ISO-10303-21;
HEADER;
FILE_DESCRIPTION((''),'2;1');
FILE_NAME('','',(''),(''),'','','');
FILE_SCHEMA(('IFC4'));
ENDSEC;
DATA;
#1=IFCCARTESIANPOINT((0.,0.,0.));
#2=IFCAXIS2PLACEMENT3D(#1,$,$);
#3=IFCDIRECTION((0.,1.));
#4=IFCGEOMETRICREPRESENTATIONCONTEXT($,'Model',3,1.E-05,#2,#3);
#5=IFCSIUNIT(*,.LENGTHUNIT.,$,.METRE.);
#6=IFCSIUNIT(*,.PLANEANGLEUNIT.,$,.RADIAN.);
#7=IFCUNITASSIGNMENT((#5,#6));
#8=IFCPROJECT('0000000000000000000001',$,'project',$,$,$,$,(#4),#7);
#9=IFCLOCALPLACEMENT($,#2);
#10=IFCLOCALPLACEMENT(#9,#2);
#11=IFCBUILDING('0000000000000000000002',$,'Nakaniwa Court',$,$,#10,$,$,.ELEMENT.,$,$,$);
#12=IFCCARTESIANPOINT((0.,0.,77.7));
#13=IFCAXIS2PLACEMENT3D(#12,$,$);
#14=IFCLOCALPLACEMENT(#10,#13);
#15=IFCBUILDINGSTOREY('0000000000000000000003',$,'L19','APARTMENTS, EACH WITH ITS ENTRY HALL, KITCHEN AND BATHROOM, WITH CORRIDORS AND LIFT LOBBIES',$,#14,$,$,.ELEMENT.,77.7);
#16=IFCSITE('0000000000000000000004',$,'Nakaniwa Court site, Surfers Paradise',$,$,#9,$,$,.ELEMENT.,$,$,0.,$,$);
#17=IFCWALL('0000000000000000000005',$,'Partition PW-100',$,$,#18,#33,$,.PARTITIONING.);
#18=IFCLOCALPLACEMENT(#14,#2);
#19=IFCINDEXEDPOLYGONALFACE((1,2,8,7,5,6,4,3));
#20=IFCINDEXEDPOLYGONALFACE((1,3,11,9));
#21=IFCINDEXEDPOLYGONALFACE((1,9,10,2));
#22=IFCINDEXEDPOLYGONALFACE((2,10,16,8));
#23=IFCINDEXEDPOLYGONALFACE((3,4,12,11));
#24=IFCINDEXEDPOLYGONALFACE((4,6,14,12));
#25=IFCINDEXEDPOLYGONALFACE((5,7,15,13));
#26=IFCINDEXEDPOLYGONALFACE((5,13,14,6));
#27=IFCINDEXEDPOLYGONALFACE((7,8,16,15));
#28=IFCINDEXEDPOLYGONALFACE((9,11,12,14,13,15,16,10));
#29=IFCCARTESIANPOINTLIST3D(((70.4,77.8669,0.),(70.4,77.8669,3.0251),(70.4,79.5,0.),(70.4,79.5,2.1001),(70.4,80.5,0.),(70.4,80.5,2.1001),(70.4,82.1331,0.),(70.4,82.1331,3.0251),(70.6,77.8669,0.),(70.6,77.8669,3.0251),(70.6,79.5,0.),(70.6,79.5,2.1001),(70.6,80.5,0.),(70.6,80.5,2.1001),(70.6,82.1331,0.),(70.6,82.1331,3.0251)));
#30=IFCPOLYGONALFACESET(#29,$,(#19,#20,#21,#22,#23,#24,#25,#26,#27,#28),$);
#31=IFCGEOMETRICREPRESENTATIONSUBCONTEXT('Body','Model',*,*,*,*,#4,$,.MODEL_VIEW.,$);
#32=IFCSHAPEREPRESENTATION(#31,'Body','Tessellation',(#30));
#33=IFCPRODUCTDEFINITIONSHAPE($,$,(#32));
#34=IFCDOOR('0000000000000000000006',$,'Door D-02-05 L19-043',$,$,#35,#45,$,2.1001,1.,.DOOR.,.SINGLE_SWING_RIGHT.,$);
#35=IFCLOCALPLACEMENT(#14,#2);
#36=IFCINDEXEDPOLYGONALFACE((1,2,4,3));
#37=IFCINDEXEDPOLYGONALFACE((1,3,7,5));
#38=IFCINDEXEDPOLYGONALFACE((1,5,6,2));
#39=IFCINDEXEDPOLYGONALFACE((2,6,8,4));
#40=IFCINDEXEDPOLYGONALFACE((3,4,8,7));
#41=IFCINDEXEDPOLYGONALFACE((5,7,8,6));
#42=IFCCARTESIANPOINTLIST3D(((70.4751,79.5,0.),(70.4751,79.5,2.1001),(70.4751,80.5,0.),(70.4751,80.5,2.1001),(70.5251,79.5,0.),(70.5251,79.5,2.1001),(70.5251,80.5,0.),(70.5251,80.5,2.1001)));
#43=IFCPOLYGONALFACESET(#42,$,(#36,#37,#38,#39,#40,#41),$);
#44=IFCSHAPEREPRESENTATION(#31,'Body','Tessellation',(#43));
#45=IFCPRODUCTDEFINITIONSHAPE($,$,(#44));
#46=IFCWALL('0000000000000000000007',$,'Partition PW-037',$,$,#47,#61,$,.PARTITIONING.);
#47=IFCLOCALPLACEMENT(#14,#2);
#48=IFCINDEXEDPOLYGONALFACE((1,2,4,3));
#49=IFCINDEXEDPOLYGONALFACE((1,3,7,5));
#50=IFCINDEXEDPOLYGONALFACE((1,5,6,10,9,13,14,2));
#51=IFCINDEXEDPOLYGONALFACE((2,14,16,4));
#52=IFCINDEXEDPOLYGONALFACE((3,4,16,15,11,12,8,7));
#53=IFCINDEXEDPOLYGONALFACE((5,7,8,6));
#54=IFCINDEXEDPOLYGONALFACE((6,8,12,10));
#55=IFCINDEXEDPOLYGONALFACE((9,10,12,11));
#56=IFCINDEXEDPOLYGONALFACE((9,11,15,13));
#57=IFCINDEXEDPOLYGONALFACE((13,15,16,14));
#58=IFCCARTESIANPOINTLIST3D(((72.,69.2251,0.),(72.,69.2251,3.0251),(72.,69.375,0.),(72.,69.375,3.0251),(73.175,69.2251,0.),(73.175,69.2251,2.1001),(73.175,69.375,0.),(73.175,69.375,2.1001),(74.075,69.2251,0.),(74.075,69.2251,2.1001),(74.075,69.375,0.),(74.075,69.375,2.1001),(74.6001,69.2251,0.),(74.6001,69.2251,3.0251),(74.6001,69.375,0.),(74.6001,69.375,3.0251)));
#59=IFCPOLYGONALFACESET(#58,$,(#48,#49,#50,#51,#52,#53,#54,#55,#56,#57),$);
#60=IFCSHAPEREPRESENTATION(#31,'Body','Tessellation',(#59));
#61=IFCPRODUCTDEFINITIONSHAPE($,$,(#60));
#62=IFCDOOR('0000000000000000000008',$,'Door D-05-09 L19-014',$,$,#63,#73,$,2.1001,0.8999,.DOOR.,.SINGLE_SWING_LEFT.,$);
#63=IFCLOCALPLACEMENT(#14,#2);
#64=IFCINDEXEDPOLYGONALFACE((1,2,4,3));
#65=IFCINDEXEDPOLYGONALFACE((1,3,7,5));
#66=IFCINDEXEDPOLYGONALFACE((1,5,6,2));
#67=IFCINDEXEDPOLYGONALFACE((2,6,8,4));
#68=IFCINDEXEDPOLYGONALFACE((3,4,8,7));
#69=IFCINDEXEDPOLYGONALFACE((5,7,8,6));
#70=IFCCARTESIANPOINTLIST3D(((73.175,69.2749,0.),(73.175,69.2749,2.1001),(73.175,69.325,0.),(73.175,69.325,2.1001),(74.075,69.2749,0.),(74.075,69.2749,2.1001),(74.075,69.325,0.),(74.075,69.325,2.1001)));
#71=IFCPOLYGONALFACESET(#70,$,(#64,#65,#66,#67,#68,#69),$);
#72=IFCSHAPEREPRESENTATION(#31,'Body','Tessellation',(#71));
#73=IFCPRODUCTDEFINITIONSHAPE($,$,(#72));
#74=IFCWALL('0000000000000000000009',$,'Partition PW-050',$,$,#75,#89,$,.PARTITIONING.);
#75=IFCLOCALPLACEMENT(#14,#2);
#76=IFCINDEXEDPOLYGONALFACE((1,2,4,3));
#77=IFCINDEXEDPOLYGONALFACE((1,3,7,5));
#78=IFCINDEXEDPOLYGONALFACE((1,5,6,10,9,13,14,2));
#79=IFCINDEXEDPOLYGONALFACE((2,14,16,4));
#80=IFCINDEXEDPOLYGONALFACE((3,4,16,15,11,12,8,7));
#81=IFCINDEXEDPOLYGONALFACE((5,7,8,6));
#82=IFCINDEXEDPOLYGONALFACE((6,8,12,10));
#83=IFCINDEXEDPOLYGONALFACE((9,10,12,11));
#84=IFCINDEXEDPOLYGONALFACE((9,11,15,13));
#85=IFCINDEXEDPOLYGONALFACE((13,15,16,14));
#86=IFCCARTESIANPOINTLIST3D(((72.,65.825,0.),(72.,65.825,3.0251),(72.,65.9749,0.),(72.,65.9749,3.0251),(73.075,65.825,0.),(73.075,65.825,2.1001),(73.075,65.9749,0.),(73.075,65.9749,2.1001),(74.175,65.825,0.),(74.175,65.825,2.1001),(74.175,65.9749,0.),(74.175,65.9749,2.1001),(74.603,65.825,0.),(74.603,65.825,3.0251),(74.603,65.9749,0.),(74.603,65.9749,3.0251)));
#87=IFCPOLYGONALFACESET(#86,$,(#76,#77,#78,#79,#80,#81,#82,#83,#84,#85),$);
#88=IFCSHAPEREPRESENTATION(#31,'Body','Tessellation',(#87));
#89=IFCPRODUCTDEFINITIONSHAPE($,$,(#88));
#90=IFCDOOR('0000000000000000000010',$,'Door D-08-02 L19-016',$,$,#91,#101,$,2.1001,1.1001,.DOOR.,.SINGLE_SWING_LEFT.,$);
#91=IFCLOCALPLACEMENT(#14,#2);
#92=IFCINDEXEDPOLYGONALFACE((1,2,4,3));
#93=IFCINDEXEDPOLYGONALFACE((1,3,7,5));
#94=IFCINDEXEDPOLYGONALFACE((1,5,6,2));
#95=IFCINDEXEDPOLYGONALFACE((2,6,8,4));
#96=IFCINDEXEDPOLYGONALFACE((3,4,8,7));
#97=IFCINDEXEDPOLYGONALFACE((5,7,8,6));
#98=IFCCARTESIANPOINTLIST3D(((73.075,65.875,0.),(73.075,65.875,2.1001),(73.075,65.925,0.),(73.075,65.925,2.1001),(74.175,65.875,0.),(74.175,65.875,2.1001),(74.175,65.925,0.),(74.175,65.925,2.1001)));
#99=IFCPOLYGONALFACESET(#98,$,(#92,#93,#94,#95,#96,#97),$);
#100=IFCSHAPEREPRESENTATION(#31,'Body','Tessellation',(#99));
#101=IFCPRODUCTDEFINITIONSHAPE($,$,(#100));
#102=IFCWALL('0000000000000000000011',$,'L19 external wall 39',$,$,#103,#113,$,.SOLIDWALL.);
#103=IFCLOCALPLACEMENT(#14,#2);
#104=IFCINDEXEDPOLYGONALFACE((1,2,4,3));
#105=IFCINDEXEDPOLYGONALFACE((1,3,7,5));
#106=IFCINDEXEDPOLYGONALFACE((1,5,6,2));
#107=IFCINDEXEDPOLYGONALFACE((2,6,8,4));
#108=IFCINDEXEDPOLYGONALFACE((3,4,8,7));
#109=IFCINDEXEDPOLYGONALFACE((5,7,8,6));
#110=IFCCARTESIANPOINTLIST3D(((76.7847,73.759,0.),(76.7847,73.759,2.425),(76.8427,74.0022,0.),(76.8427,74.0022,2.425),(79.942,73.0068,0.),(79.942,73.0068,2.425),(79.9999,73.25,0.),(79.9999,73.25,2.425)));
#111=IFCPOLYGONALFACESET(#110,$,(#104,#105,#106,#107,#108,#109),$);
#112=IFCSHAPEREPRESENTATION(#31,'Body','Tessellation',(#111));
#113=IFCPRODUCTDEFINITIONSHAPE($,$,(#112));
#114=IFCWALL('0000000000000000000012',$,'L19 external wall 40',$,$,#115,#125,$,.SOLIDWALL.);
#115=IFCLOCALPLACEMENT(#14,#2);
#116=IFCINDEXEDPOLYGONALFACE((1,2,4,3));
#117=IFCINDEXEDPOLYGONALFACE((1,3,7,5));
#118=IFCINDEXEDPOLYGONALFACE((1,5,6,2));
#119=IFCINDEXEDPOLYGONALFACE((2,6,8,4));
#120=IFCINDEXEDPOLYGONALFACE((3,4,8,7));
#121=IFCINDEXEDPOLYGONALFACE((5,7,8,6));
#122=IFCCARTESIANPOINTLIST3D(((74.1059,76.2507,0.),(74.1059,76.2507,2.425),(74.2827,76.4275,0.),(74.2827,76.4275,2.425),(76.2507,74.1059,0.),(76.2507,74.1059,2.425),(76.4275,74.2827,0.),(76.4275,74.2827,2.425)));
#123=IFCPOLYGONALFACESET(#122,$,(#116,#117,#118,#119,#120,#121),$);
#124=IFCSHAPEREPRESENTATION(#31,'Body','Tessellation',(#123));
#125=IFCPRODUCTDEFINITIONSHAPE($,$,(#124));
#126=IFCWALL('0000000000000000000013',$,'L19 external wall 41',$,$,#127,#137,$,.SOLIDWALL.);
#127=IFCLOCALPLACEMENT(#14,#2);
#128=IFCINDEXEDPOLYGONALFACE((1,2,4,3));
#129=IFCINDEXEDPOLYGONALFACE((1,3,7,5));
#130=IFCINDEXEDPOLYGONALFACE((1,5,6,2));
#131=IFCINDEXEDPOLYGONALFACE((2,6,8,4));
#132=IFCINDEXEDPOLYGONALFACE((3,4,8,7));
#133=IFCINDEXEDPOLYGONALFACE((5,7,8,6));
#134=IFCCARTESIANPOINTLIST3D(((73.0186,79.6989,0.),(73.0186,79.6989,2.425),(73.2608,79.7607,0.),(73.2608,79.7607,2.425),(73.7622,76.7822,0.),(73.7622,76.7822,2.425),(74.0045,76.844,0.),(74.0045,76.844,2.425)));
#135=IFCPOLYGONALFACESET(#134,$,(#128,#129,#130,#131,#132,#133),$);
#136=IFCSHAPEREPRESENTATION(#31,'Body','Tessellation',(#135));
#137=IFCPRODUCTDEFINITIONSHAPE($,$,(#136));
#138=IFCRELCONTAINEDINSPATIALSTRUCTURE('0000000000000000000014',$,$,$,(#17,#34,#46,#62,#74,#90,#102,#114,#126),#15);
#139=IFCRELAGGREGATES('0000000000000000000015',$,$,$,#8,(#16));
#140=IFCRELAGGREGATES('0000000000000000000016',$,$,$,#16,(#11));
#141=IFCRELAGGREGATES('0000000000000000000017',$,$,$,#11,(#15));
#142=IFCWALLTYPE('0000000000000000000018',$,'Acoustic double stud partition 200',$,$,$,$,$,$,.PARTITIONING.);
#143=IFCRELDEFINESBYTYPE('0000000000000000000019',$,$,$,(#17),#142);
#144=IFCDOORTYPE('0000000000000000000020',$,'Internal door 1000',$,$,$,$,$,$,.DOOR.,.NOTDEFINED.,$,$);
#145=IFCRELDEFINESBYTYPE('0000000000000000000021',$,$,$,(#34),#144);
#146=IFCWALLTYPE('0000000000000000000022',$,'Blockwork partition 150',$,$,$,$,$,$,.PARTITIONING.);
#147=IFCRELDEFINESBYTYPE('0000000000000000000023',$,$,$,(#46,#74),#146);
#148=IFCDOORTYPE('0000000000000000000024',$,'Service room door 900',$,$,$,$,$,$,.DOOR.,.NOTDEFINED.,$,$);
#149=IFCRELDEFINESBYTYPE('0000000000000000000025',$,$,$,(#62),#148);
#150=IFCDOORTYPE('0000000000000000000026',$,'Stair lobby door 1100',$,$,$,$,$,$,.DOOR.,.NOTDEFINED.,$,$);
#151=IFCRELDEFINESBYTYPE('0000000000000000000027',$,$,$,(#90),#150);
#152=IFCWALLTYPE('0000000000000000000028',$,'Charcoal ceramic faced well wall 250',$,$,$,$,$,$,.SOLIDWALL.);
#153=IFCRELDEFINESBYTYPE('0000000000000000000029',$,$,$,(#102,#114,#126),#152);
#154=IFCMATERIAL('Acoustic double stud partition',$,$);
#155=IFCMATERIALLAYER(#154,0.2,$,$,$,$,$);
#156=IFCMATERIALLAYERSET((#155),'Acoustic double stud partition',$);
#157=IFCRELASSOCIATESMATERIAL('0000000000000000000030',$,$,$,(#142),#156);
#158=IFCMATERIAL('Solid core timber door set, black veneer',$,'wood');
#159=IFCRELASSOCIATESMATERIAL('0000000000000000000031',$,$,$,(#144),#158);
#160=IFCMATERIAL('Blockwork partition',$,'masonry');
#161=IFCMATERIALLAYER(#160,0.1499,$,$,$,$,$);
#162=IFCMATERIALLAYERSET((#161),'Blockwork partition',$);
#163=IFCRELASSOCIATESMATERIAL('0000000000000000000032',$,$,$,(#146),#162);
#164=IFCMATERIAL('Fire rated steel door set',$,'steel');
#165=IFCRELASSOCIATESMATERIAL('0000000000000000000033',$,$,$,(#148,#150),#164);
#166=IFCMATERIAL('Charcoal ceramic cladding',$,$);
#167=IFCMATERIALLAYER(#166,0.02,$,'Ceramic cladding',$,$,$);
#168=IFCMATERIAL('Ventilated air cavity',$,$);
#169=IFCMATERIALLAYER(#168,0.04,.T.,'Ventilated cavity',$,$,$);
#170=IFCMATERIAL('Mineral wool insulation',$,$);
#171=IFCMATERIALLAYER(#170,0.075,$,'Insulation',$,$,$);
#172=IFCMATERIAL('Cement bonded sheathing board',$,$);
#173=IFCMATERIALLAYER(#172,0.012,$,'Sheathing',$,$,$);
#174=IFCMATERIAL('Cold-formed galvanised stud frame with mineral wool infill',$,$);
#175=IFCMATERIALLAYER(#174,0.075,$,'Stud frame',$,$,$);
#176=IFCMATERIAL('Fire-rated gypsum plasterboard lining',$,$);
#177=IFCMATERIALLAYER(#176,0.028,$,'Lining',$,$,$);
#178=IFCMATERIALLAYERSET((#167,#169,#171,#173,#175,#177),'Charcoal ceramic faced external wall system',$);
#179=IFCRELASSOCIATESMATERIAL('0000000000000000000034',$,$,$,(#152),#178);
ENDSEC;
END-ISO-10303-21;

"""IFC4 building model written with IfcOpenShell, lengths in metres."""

from ifc_helpers import new_model, si_unit, direction, frame, frame_2d, origin, place, context, subcontext, project, spatial, rectangle, extrude, material, layer, layer_set, type_object, element, fill, save


model = new_model("IFC4")

# Units and contexts
model_context = context("Model", 3, precision=1e-05, world=origin(), true_north=direction((0.0, 1.0)))
body_context = subcontext(model_context, "Body", "Model", "MODEL_VIEW")
ifc_project = project(units=[si_unit("LENGTHUNIT", "METRE"), si_unit("PLANEANGLEUNIT", "RADIAN")], contexts=[model_context])

# Site, building, storey
site_placement = place(None, origin())
site = spatial("IfcSite", under=ifc_project, at=site_placement, Name="Nakaniwa Court site, Surfers Paradise", CompositionType="ELEMENT", RefElevation=0.0)
building_placement = place(site_placement, origin())
building = spatial("IfcBuilding", under=site, at=building_placement, Name="Nakaniwa Court", CompositionType="ELEMENT")
storey_placement = place(building_placement, frame((0.0, 0.0, 77.7)))
storey = spatial("IfcBuildingStorey", under=building, at=storey_placement, Name="L19", Description="APARTMENTS, EACH WITH ITS ENTRY HALL, KITCHEN AND BATHROOM, WITH CORRIDORS AND LIFT LOBBIES", CompositionType="ELEMENT", Elevation=77.7)

# Shared definitions
ifc_material_1 = material(Name="Acoustic double stud partition")
ifc_layer_1 = layer(ifc_material_1, 0.2)
ifc_layer_set_1 = layer_set([ifc_layer_1], Name="Acoustic double stud partition")
wall_type_1 = type_object("IfcWallType", Name="Acoustic double stud partition 200", PredefinedType="PARTITIONING", material=ifc_layer_set_1)

# Shared definitions
ifc_material_2 = material(Name="Solid core timber door set, black veneer", Category="wood")
door_type_1 = type_object("IfcDoorType", Name="Internal door 1000", OperationType="NOTDEFINED", PredefinedType="DOOR", material=ifc_material_2)

# Walls, openings, doors
wall_1_placement = place(storey_placement, frame((70.5, 77.8669, 0.0), z_axis=(0.0, 0.0, 1.0), x_axis=(0.0, 1.0, 0.0)))
wall_1 = element("IfcWall", 1, at=wall_1_placement, inside=storey, type_object=wall_type_1, Name="Partition PW-100", PredefinedType="PARTITIONING", context=body_context, shape_type="SweptSolid", body=[
    extrude(rectangle(XDim=4.2661, YDim=0.2, at=frame_2d((2.1331, 0.0))), origin(), (0.0, 0.0, 1.0), 3.0251),
])
opening_1_placement = place(wall_1_placement, frame((1.6331, 0.0, 0.0)))
opening_1 = element("IfcOpeningElement", 2, at=opening_1_placement, cuts=wall_1, PredefinedType="OPENING", context=body_context, shape_type="SweptSolid", body=[
    extrude(rectangle(XDim=1.0, YDim=2.1001, at=frame_2d((0.5, 1.05))), frame((0.0, 0.1099, 0.0), z_axis=(0.0, -1.0, 0.0), x_axis=(1.0, 0.0, 0.0)), (0.0, 0.0, 1.0), 0.22),
])
door_1_placement = place(opening_1_placement, origin())
door_1 = element("IfcDoor", 3, at=door_1_placement, inside=storey, type_object=door_type_1, Name="Door D-02-05 L19-043", OperationType="SINGLE_SWING_RIGHT", OverallHeight=2.1001, OverallWidth=1.0, PredefinedType="DOOR", context=body_context, shape_type="SweptSolid", body=[
    extrude(rectangle(XDim=1.0, YDim=2.1001, at=frame_2d((0.5, 1.05))), frame((0.0, 0.0249, 0.0), z_axis=(0.0, -1.0, 0.0), x_axis=(1.0, 0.0, 0.0)), (0.0, 0.0, 1.0), 0.05),
])
fill(opening_1, door_1)
ifc_material_3 = material(Name="Blockwork partition", Category="masonry")
ifc_layer_2 = layer(ifc_material_3, 0.1499)
ifc_layer_set_2 = layer_set([ifc_layer_2], Name="Blockwork partition")
wall_type_2 = type_object("IfcWallType", Name="Blockwork partition 150", PredefinedType="PARTITIONING", material=ifc_layer_set_2)
wall_2_placement = place(storey_placement, frame((72.0, 69.3, 0.0), z_axis=(0.0, 0.0, 1.0), x_axis=(1.0, 0.0, 0.0)))
wall_2 = element("IfcWall", 4, at=wall_2_placement, inside=storey, type_object=wall_type_2, Name="Partition PW-037", PredefinedType="PARTITIONING", context=body_context, shape_type="SweptSolid", body=[
    extrude(rectangle(XDim=2.6001, YDim=0.1499, at=frame_2d((1.3, 0.0))), origin(), (0.0, 0.0, 1.0), 3.0251),
])
opening_2_placement = place(wall_2_placement, frame((1.175, 0.0, 0.0)))
opening_2 = element("IfcOpeningElement", 5, at=opening_2_placement, cuts=wall_2, PredefinedType="OPENING", context=body_context, shape_type="SweptSolid", body=[
    extrude(rectangle(XDim=0.8999, YDim=2.1001, at=frame_2d((0.45, 1.05))), frame((0.0, 0.085, 0.0), z_axis=(0.0, -1.0, 0.0), x_axis=(1.0, 0.0, 0.0)), (0.0, 0.0, 1.0), 0.1699),
])
ifc_material_4 = material(Name="Fire rated steel door set", Category="steel")
door_type_2 = type_object("IfcDoorType", Name="Service room door 900", OperationType="NOTDEFINED", PredefinedType="DOOR", material=ifc_material_4)
door_2_placement = place(opening_2_placement, origin())
door_2 = element("IfcDoor", 6, at=door_2_placement, inside=storey, type_object=door_type_2, Name="Door D-05-09 L19-014", OperationType="SINGLE_SWING_LEFT", OverallHeight=2.1001, OverallWidth=0.8999, PredefinedType="DOOR", context=body_context, shape_type="SweptSolid", body=[
    extrude(rectangle(XDim=0.8999, YDim=2.1001, at=frame_2d((0.45, 1.05))), frame((0.0, 0.0249, 0.0), z_axis=(0.0, -1.0, 0.0), x_axis=(1.0, 0.0, 0.0)), (0.0, 0.0, 1.0), 0.05),
])
fill(opening_2, door_2)
wall_3_placement = place(storey_placement, frame((74.603, 65.8999, 0.0), z_axis=(0.0, 0.0, 1.0), x_axis=(-1.0, 0.0, 0.0)))
wall_3 = element("IfcWall", 7, at=wall_3_placement, inside=storey, type_object=wall_type_2, Name="Partition PW-050", PredefinedType="PARTITIONING", context=body_context, shape_type="SweptSolid", body=[
    extrude(rectangle(XDim=2.603, YDim=0.1499, at=frame_2d((1.3015, 0.0))), origin(), (0.0, 0.0, 1.0), 3.0251),
])
opening_3_placement = place(wall_3_placement, frame((0.428, 0.0, 0.0)))
opening_3 = element("IfcOpeningElement", 8, at=opening_3_placement, cuts=wall_3, PredefinedType="OPENING", context=body_context, shape_type="SweptSolid", body=[
    extrude(rectangle(XDim=1.1001, YDim=2.1001, at=frame_2d((0.55, 1.05))), frame((0.0, 0.085, 0.0), z_axis=(0.0, -1.0, 0.0), x_axis=(1.0, 0.0, 0.0)), (0.0, 0.0, 1.0), 0.1699),
])
door_type_3 = type_object("IfcDoorType", Name="Stair lobby door 1100", OperationType="NOTDEFINED", PredefinedType="DOOR", material=ifc_material_4)
door_3_placement = place(opening_3_placement, origin())
door_3 = element("IfcDoor", 9, at=door_3_placement, inside=storey, type_object=door_type_3, Name="Door D-08-02 L19-016", OperationType="SINGLE_SWING_LEFT", OverallHeight=2.1001, OverallWidth=1.1001, PredefinedType="DOOR", context=body_context, shape_type="SweptSolid", body=[
    extrude(rectangle(XDim=1.1001, YDim=2.1001, at=frame_2d((0.55, 1.05))), frame((0.0, 0.0249, 0.0), z_axis=(0.0, -1.0, 0.0), x_axis=(1.0, 0.0, 0.0)), (0.0, 0.0, 1.0), 0.05),
])
fill(opening_3, door_3)

# Walls
ifc_material_5 = material(Name="Charcoal ceramic cladding")
ifc_layer_3 = layer(ifc_material_5, 0.02, Name="Ceramic cladding")
ifc_material_6 = material(Name="Ventilated air cavity")
ifc_layer_4 = layer(ifc_material_6, 0.04, ventilated=True, Name="Ventilated cavity")
ifc_material_7 = material(Name="Mineral wool insulation")
ifc_layer_5 = layer(ifc_material_7, 0.075, Name="Insulation")
ifc_material_8 = material(Name="Cement bonded sheathing board")
ifc_layer_6 = layer(ifc_material_8, 0.012, Name="Sheathing")
ifc_material_9 = material(Name="Cold-formed galvanised stud frame with mineral wool infill")
ifc_layer_7 = layer(ifc_material_9, 0.075, Name="Stud frame")
ifc_material_10 = material(Name="Fire-rated gypsum plasterboard lining")
ifc_layer_8 = layer(ifc_material_10, 0.028, Name="Lining")
ifc_layer_set_3 = layer_set([ifc_layer_3, ifc_layer_4, ifc_layer_5, ifc_layer_6, ifc_layer_7, ifc_layer_8], Name="Charcoal ceramic faced external wall system")
wall_type_3 = type_object("IfcWallType", Name="Charcoal ceramic faced well wall 250", PredefinedType="SOLIDWALL", material=ifc_layer_set_3)
wall_4_placement = place(storey_placement, frame((79.9709, 73.1284, 0.0), z_axis=(0.0, 0.0, 1.0), x_axis=(-0.972773, 0.23176, 0.0)))
element("IfcWall", 10, at=wall_4_placement, inside=storey, type_object=wall_type_3, Name="L19 external wall 39", PredefinedType="SOLIDWALL", context=body_context, shape_type="SweptSolid", body=[
    extrude(rectangle(XDim=3.2456, YDim=0.25, at=frame_2d((1.6228, 0.0))), origin(), (0.0, 0.0, 1.0), 2.425),
])
wall_5_placement = place(storey_placement, frame((76.3391, 74.1943, 0.0), z_axis=(0.0, 0.0, 1.0), x_axis=(-0.707107, 0.707107, 0.0)))
element("IfcWall", 11, at=wall_5_placement, inside=storey, type_object=wall_type_3, Name="L19 external wall 40", PredefinedType="SOLIDWALL", context=body_context, shape_type="SweptSolid", body=[
    extrude(rectangle(XDim=3.0332, YDim=0.25, at=frame_2d((1.5166, 0.0))), origin(), (0.0, 0.0, 1.0), 2.425),
])
wall_6_placement = place(storey_placement, frame((73.8833, 76.8132, 0.0), z_axis=(0.0, 0.0, 1.0), x_axis=(-0.247056, 0.969001, 0.0)))
element("IfcWall", 12, at=wall_6_placement, inside=storey, type_object=wall_type_3, Name="L19 external wall 41", PredefinedType="SOLIDWALL", context=body_context, shape_type="SweptSolid", body=[
    extrude(rectangle(XDim=3.01, YDim=0.25, at=frame_2d((1.5049, 0.0))), origin(), (0.0, 0.0, 1.0), 2.425),
])

save(model, "model.ifc")
